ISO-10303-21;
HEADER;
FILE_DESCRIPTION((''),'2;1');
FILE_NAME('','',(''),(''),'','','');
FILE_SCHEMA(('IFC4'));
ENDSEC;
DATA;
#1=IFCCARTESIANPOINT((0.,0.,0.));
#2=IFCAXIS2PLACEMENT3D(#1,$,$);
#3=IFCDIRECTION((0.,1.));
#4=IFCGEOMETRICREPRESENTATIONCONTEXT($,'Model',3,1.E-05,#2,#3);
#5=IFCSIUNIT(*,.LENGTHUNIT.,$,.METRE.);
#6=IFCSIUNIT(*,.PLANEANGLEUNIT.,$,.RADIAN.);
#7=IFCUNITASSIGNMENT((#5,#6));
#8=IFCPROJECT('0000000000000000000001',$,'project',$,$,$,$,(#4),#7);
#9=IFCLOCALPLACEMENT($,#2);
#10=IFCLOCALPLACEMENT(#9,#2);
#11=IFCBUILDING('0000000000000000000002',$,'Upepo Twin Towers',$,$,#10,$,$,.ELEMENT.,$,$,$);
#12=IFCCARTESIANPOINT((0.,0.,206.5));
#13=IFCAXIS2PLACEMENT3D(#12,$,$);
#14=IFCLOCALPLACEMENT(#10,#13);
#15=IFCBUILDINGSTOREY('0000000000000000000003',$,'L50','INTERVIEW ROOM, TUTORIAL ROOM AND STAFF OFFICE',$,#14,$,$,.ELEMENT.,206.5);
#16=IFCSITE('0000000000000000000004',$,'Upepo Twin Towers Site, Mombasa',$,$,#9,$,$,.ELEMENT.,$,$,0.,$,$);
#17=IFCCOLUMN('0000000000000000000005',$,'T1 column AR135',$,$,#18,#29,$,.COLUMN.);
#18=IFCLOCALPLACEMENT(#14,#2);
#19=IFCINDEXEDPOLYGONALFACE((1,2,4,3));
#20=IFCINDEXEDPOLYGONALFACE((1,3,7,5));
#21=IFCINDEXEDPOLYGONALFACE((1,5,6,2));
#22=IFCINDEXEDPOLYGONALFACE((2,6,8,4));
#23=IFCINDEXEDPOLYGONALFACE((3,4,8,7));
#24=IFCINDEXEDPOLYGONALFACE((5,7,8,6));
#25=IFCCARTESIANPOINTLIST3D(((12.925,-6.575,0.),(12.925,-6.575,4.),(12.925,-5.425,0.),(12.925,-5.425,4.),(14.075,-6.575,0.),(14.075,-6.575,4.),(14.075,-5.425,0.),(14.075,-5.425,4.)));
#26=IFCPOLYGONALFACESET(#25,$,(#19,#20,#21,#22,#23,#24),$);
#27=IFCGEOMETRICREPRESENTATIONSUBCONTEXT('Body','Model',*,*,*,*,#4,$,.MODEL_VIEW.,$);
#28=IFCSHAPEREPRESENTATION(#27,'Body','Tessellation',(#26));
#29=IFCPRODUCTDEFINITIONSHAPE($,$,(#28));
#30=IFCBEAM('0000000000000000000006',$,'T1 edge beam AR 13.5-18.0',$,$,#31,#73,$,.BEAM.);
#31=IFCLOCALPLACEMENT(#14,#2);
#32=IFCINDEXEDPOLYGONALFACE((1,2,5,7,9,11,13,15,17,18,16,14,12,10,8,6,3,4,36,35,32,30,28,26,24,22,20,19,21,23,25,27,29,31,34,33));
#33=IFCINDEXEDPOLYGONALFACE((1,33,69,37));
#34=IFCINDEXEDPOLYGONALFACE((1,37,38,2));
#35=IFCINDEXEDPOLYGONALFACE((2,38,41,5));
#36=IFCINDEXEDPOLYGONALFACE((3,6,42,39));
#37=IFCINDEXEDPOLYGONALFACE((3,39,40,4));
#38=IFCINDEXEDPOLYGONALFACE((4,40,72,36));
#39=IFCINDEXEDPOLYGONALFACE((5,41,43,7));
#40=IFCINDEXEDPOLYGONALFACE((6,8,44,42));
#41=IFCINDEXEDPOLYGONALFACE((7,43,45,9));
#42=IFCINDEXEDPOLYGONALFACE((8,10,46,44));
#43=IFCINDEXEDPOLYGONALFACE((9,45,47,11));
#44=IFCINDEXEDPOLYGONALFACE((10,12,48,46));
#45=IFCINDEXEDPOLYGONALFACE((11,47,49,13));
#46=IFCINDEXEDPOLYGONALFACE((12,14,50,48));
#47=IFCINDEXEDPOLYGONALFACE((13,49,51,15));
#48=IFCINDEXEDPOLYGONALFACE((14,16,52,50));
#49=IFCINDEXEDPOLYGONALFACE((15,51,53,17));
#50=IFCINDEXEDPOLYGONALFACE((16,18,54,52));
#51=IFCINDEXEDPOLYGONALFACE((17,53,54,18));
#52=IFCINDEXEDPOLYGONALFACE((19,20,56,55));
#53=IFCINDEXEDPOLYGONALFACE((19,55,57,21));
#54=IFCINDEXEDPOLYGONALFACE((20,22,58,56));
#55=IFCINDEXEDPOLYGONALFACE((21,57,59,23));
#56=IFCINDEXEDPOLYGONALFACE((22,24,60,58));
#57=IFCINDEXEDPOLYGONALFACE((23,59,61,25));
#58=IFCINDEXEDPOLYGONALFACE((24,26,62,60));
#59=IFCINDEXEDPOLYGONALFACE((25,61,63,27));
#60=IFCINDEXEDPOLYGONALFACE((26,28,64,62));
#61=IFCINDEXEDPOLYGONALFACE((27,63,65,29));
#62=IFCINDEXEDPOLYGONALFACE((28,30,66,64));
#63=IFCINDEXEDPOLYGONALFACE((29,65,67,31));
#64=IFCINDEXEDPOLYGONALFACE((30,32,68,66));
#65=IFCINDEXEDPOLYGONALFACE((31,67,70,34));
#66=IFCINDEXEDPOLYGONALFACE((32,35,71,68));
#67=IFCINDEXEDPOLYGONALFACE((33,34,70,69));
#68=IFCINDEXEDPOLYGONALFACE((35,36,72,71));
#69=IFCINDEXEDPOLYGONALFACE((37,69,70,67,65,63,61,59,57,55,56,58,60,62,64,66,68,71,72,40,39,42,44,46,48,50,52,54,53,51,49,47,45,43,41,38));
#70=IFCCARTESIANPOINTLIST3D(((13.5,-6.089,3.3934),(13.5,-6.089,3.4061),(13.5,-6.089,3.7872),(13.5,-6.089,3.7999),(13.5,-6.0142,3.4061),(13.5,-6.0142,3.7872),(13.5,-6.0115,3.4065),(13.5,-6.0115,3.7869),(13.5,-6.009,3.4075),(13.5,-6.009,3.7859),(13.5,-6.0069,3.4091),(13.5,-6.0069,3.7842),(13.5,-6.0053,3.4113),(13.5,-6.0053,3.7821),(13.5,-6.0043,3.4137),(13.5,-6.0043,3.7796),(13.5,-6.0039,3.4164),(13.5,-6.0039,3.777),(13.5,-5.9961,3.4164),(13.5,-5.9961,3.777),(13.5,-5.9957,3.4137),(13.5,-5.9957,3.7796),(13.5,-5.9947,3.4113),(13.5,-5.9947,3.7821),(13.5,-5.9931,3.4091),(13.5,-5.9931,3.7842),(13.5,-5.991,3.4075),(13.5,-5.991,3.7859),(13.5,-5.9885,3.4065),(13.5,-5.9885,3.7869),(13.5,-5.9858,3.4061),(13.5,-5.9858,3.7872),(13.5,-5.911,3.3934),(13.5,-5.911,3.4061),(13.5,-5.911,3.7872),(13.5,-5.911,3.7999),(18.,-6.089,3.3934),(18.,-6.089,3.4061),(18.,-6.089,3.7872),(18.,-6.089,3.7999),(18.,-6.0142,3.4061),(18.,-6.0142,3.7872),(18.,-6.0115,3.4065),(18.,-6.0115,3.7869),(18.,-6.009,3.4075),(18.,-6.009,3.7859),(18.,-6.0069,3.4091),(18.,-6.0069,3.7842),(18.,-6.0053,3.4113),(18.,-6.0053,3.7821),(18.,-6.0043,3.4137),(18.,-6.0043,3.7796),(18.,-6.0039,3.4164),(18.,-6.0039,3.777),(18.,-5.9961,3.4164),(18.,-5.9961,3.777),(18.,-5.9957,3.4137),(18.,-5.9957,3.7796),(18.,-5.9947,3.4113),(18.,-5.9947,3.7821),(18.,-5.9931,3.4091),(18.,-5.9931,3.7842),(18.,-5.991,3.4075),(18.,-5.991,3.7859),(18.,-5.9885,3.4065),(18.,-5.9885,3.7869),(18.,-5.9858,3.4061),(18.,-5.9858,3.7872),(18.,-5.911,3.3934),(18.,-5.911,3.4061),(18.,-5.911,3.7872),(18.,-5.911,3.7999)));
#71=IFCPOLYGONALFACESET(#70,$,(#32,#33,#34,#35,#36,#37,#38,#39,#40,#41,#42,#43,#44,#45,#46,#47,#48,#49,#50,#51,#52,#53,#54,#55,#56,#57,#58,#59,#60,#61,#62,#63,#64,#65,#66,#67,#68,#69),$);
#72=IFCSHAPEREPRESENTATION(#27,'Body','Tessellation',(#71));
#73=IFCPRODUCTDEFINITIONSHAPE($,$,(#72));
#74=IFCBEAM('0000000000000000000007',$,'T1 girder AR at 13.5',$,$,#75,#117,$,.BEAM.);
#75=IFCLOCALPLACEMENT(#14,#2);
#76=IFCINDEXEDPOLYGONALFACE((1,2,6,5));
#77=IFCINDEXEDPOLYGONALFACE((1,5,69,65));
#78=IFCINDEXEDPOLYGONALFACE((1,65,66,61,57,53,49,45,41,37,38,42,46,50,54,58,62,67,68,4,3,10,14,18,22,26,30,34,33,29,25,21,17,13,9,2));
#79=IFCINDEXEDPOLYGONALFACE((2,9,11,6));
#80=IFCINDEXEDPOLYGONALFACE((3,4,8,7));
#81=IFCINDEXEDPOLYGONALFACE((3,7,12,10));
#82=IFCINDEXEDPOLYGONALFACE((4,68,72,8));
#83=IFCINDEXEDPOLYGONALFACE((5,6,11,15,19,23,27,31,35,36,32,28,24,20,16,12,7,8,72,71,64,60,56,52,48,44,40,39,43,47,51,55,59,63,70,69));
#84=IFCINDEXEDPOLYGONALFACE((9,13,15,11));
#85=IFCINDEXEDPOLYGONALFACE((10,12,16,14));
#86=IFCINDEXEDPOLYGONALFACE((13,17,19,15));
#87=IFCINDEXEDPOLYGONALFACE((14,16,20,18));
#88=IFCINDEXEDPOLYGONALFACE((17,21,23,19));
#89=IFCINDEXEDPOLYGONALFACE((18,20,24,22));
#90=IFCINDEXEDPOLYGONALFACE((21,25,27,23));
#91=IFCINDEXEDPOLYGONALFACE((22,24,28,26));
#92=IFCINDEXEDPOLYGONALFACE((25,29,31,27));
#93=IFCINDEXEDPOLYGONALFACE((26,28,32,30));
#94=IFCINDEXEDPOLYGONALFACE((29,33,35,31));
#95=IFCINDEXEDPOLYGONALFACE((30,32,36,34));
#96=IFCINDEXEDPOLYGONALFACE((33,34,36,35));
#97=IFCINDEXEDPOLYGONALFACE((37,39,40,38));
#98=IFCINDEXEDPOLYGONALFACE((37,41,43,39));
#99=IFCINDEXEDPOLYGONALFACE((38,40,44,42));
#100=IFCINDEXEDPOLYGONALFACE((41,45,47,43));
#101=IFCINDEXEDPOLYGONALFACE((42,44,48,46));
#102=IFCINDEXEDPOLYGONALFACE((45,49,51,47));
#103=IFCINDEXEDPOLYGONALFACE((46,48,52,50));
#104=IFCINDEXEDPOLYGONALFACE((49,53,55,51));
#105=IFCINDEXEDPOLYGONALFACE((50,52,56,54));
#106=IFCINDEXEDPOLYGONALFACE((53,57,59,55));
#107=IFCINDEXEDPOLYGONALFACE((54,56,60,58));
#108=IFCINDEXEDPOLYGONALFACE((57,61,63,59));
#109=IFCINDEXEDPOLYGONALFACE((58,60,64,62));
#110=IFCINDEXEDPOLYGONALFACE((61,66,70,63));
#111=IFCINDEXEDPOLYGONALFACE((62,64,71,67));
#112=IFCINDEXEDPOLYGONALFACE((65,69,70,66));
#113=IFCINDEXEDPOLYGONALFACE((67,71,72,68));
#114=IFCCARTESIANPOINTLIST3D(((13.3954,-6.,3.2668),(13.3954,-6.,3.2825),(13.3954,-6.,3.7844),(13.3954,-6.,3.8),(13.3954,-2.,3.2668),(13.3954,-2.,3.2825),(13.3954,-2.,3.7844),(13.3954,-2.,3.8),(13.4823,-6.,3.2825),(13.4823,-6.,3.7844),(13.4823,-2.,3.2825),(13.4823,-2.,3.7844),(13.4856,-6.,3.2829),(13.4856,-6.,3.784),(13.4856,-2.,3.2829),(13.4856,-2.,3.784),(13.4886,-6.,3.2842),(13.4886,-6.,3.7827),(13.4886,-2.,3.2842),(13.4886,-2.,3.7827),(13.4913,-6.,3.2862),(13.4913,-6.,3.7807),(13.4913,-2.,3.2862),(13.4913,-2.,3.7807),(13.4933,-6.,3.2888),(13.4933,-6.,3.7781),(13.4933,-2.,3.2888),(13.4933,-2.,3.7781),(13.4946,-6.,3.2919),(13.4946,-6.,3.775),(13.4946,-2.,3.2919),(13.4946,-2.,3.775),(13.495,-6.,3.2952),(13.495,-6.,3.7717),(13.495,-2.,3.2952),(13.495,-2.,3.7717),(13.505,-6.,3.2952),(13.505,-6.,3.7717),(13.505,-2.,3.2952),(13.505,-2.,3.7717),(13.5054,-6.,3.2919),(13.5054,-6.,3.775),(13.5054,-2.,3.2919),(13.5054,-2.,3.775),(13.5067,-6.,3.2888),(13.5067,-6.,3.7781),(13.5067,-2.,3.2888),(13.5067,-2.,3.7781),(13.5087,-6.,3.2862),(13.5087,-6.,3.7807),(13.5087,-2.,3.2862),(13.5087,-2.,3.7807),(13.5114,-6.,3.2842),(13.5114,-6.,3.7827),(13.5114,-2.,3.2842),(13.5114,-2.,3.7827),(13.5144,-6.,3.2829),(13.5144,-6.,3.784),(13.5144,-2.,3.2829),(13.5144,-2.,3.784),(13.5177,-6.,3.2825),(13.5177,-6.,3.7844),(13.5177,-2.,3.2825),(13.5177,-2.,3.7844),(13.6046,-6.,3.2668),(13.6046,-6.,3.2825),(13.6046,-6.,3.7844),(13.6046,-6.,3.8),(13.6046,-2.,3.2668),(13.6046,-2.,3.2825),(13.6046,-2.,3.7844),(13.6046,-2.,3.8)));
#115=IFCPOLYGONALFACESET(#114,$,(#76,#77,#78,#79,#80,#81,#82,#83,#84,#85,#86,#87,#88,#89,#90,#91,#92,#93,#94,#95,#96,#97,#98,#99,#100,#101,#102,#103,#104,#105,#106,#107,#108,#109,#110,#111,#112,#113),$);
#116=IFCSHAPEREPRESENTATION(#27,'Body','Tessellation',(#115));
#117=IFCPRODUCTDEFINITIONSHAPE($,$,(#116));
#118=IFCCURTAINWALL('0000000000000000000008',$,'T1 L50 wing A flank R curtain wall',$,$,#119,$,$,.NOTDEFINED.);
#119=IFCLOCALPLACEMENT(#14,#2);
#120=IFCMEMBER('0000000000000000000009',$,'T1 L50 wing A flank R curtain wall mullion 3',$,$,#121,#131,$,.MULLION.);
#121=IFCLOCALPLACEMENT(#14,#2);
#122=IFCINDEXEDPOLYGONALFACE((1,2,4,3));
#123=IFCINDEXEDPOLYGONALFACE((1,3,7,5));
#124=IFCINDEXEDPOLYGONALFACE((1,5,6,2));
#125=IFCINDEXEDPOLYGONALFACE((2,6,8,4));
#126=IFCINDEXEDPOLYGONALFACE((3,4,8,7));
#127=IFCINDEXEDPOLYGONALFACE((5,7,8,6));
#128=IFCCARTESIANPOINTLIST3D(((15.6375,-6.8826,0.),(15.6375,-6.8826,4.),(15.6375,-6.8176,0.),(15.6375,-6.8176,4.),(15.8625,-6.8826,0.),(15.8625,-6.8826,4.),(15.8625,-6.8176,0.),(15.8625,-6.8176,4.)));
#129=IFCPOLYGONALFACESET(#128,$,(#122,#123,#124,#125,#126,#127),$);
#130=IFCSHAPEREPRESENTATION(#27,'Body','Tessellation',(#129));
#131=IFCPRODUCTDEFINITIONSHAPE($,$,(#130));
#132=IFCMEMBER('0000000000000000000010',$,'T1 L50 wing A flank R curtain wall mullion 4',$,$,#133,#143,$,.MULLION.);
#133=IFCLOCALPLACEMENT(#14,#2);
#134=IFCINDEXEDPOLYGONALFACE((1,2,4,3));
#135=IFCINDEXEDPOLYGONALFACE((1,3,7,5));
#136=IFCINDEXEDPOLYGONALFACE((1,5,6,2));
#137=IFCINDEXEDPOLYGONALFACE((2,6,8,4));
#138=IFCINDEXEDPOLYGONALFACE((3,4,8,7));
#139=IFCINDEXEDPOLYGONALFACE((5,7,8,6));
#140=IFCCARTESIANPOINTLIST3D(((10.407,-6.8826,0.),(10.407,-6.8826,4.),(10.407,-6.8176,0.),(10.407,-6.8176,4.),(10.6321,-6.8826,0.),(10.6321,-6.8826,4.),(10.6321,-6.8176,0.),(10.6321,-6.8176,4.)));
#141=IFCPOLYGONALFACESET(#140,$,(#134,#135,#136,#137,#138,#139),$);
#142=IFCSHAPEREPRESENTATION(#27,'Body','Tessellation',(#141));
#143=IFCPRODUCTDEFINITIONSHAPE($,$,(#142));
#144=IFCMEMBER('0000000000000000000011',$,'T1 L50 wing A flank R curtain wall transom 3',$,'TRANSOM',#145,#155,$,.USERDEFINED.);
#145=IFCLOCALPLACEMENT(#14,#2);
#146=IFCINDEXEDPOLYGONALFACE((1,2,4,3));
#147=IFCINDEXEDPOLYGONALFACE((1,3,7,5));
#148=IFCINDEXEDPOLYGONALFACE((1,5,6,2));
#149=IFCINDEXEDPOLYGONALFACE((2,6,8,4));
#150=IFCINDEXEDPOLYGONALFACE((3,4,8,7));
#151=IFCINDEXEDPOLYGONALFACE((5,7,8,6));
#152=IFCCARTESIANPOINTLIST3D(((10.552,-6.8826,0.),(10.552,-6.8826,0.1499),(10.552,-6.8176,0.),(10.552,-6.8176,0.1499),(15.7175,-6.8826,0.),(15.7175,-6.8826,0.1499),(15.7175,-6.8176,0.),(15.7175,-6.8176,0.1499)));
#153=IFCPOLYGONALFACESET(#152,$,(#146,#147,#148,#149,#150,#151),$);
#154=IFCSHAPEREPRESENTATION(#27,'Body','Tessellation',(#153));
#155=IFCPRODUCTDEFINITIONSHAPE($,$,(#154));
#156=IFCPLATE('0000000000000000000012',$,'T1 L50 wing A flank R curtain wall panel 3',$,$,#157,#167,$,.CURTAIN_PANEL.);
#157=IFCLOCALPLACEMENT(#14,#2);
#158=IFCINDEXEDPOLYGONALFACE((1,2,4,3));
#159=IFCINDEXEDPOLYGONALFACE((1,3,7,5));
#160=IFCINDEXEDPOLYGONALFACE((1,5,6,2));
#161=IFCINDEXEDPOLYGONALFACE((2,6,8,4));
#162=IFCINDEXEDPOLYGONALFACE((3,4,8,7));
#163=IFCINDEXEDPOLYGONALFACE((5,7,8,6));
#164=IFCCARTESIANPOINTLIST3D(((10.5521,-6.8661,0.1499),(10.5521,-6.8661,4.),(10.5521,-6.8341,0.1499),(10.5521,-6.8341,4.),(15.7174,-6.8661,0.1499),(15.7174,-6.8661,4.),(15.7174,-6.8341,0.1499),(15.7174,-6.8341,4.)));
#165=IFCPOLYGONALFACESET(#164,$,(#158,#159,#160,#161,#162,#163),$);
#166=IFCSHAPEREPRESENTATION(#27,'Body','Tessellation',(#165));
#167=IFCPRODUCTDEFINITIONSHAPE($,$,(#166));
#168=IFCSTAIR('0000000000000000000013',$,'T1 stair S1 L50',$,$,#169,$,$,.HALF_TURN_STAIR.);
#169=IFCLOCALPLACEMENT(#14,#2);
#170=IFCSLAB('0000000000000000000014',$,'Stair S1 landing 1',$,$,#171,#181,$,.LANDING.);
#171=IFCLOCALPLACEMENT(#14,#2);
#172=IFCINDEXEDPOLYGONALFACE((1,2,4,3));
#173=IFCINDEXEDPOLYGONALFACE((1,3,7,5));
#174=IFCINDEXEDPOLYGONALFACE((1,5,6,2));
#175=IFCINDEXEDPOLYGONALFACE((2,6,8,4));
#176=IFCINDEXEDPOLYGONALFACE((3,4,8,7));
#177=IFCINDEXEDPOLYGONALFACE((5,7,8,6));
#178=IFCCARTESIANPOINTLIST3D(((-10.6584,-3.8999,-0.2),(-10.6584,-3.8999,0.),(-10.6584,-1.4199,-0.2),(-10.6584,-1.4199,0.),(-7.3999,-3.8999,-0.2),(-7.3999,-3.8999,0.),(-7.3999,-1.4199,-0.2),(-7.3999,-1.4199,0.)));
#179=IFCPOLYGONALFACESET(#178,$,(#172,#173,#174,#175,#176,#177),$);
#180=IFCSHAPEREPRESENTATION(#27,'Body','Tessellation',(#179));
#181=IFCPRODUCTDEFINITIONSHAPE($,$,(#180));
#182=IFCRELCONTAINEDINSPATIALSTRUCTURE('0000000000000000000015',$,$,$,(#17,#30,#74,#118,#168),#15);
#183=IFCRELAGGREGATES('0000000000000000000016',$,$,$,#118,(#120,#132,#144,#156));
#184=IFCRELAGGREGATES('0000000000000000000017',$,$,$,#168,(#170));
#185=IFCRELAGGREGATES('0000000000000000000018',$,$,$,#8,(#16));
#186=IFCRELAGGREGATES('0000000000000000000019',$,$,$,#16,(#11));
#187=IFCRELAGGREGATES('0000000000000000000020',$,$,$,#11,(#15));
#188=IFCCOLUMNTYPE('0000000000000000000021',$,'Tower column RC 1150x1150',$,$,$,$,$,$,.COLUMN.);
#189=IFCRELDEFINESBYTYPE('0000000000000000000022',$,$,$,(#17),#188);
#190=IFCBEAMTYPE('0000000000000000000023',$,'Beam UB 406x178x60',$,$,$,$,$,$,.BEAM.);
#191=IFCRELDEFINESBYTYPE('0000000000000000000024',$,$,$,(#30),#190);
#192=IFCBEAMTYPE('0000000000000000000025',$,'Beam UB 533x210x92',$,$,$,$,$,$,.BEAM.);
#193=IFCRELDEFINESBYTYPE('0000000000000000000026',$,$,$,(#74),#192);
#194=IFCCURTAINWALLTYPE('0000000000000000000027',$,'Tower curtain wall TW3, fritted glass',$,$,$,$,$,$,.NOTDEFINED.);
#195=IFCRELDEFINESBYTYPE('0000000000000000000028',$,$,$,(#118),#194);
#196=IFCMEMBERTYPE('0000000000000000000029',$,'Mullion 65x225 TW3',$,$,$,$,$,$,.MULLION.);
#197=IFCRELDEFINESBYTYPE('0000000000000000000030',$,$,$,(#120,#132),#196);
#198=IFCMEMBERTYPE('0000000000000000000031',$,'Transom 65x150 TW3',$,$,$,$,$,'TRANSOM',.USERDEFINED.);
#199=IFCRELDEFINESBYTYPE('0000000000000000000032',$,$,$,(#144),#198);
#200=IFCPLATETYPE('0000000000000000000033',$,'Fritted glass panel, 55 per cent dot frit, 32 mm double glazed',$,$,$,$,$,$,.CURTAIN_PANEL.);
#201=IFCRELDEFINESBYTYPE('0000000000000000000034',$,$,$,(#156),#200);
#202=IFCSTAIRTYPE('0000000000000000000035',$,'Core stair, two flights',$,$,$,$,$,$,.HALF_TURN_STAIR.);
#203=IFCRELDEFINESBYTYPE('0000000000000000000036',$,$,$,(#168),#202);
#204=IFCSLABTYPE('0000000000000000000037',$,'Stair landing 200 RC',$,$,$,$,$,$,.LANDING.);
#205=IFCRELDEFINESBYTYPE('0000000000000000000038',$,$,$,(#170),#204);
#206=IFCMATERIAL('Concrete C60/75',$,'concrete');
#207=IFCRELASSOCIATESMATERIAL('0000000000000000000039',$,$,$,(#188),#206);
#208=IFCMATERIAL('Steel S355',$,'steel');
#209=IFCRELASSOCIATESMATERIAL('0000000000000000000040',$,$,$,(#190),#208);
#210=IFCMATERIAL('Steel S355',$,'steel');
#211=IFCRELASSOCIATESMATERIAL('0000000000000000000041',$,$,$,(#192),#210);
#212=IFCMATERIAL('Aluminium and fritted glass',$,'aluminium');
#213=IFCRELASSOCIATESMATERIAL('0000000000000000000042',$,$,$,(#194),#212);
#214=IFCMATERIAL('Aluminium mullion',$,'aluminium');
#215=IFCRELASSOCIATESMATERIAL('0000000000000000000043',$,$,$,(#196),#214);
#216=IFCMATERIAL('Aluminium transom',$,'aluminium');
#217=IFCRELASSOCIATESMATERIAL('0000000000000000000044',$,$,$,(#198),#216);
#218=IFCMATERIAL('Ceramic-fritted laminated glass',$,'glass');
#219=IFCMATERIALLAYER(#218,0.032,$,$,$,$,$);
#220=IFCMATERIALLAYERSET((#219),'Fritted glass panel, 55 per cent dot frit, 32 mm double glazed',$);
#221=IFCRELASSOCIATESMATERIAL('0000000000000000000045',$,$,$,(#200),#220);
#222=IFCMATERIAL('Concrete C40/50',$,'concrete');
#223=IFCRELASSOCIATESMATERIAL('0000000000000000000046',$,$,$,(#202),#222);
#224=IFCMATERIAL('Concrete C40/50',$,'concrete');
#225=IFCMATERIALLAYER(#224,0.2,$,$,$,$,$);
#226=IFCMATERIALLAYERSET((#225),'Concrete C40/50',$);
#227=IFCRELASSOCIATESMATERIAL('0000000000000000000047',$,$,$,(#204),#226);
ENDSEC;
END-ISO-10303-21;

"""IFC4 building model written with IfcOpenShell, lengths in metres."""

from ifc_helpers import new_model, si_unit, direction, frame, origin, origin_2d, place, context, subcontext, project, spatial, polyline, rectangle, i_section, outline, extrude, material, layer, layer_set, material_profile, profile_set, type_object, element, aggregate, save


model = new_model("IFC4")

# Units and contexts
model_context = context("Model", 3, precision=1e-05, world=origin(), true_north=direction((0.0, 1.0)))
body_context = subcontext(model_context, "Body", "Model", "MODEL_VIEW")
ifc_project = project(units=[si_unit("LENGTHUNIT", "METRE"), si_unit("PLANEANGLEUNIT", "RADIAN")], contexts=[model_context])

# Site, building, storey
site_placement = place(None, origin())
site = spatial("IfcSite", under=ifc_project, at=site_placement, Name="Upepo Twin Towers Site, Mombasa", CompositionType="ELEMENT", RefElevation=0.0)
building_placement = place(site_placement, origin())
building = spatial("IfcBuilding", under=site, at=building_placement, Name="Upepo Twin Towers", CompositionType="ELEMENT")
storey_placement = place(building_placement, frame((0.0, 0.0, 206.5)))
storey = spatial("IfcBuildingStorey", under=building, at=storey_placement, Name="L50", Description="INTERVIEW ROOM, TUTORIAL ROOM AND STAFF OFFICE", CompositionType="ELEMENT", Elevation=206.5)

# Column
ifc_material_1 = material(Name="Concrete C60/75", Category="concrete")
ifc_material_profile_1 = material_profile(ifc_material_1, rectangle(XDim=1.1499, YDim=1.1499, at=origin_2d()), Name="RC 1150x1150")
ifc_profile_set_1 = profile_set([ifc_material_profile_1], Name="Concrete C60/75")
column_type = type_object("IfcColumnType", Name="Tower column RC 1150x1150", PredefinedType="COLUMN", material=ifc_profile_set_1)
column_placement = place(storey_placement, frame((13.5, -6.0, 0.0), z_axis=(0.0, 0.0, 1.0), x_axis=(1.0, 0.0, 0.0)))
element("IfcColumn", 1, at=column_placement, inside=storey, type_object=column_type, Name="T1 column AR135", PredefinedType="COLUMN", context=body_context, shape_type="SweptSolid", body=[
    extrude(rectangle(XDim=1.1499, YDim=1.1499, at=origin_2d()), origin(), (0.0, 0.0, 1.0), 4.0),
])

# Beams
ifc_material_2 = material(Name="Steel S355", Category="steel")
ifc_material_profile_2 = material_profile(ifc_material_2, i_section(OverallWidth=0.178, OverallDepth=0.4065, WebThickness=0.0078, FlangeThickness=0.0127, FilletRadius=0.0103, at=origin_2d()), Name="UB 406x178x60")
ifc_profile_set_2 = profile_set([ifc_material_profile_2], Name="Steel S355")
beam_type_1 = type_object("IfcBeamType", Name="Beam UB 406x178x60", PredefinedType="BEAM", material=ifc_profile_set_2)
beam_1_placement = place(storey_placement, frame((13.5, -6.0, 3.5967), z_axis=(1.0, 0.0, 0.0), x_axis=(0.0, 1.0, 0.0)))
element("IfcBeam", 2, at=beam_1_placement, inside=storey, type_object=beam_type_1, Name="T1 edge beam AR 13.5-18.0", PredefinedType="BEAM", context=body_context, shape_type="SweptSolid", body=[
    extrude(i_section(OverallWidth=0.178, OverallDepth=0.4065, WebThickness=0.0078, FlangeThickness=0.0127, FilletRadius=0.0103, at=origin_2d()), origin(), (0.0, 0.0, 1.0), 4.5),
])
ifc_material_3 = material(Name="Steel S355", Category="steel")
ifc_material_profile_3 = material_profile(ifc_material_3, i_section(OverallWidth=0.2092, OverallDepth=0.5332, WebThickness=0.01, FlangeThickness=0.0156, FilletRadius=0.0127, at=origin_2d()), Name="UB 533x210x92")
ifc_profile_set_3 = profile_set([ifc_material_profile_3], Name="Steel S355")
beam_type_2 = type_object("IfcBeamType", Name="Beam UB 533x210x92", PredefinedType="BEAM", material=ifc_profile_set_3)
beam_2_placement = place(storey_placement, frame((13.5, -6.0, 3.5334), z_axis=(0.0, 1.0, 0.0), x_axis=(-1.0, 0.0, 0.0)))
element("IfcBeam", 3, at=beam_2_placement, inside=storey, type_object=beam_type_2, Name="T1 girder AR at 13.5", PredefinedType="BEAM", context=body_context, shape_type="SweptSolid", body=[
    extrude(i_section(OverallWidth=0.2092, OverallDepth=0.5332, WebThickness=0.01, FlangeThickness=0.0156, FilletRadius=0.0127, at=origin_2d()), origin(), (0.0, 0.0, 1.0), 4.0),
])

# Curtain wall, members, plate
ifc_material_4 = material(Name="Aluminium and fritted glass", Category="aluminium")
curtain_wall_type = type_object("IfcCurtainWallType", Name="Tower curtain wall TW3, fritted glass", PredefinedType="NOTDEFINED", material=ifc_material_4)
curtain_wall_placement = place(storey_placement, origin())
curtain_wall = element("IfcCurtainWall", 4, at=curtain_wall_placement, inside=storey, type_object=curtain_wall_type, Name="T1 L50 wing A flank R curtain wall", PredefinedType="NOTDEFINED")
ifc_material_5 = material(Name="Aluminium mullion", Category="aluminium")
ifc_material_profile_4 = material_profile(ifc_material_5, rectangle(XDim=0.0649, YDim=0.2251, at=origin_2d()), Name="MULLION 65x225")
ifc_profile_set_4 = profile_set([ifc_material_profile_4], Name="Aluminium mullion")
member_type_1 = type_object("IfcMemberType", Name="Mullion 65x225 TW3", PredefinedType="MULLION", material=ifc_profile_set_4)
member_1_placement = place(storey_placement, frame((15.75, -6.8501, 0.0), z_axis=(0.0, 0.0, 1.0), x_axis=(0.0, -1.0, 0.0)))
member_1 = element("IfcMember", 5, at=member_1_placement, type_object=member_type_1, Name="T1 L50 wing A flank R curtain wall mullion 3", PredefinedType="MULLION", context=body_context, shape_type="SweptSolid", body=[
    extrude(rectangle(XDim=0.0649, YDim=0.2251, at=origin_2d()), origin(), (0.0, 0.0, 1.0), 4.0),
])
member_2_placement = place(storey_placement, frame((10.5195, -6.8501, 0.0), z_axis=(0.0, 0.0, 1.0), x_axis=(0.0, -1.0, 0.0)))
member_2 = element("IfcMember", 6, at=member_2_placement, type_object=member_type_1, Name="T1 L50 wing A flank R curtain wall mullion 4", PredefinedType="MULLION", context=body_context, shape_type="SweptSolid", body=[
    extrude(rectangle(XDim=0.0649, YDim=0.2251, at=origin_2d()), origin(), (0.0, 0.0, 1.0), 4.0),
])
ifc_material_6 = material(Name="Aluminium transom", Category="aluminium")
ifc_material_profile_5 = material_profile(ifc_material_6, rectangle(XDim=0.0649, YDim=0.1499, at=origin_2d()), Name="TRANSOM 65x150")
ifc_profile_set_5 = profile_set([ifc_material_profile_5], Name="Aluminium transom")
member_type_2 = type_object("IfcMemberType", Name="Transom 65x150 TW3", ElementType="TRANSOM", PredefinedType="USERDEFINED", material=ifc_profile_set_5)
member_3_placement = place(storey_placement, frame((15.7175, -6.8501, 0.075), z_axis=(-1.0, 0.0, 0.0), x_axis=(0.0, -1.0, 0.0)))
member_3 = element("IfcMember", 7, at=member_3_placement, type_object=member_type_2, Name="T1 L50 wing A flank R curtain wall transom 3", ObjectType="TRANSOM", PredefinedType="USERDEFINED", context=body_context, shape_type="SweptSolid", body=[
    extrude(rectangle(XDim=0.0649, YDim=0.1499, at=origin_2d()), origin(), (0.0, 0.0, 1.0), 5.1655),
])
ifc_material_7 = material(Name="Ceramic-fritted laminated glass", Category="glass")
ifc_layer_1 = layer(ifc_material_7, 0.032)
ifc_layer_set_1 = layer_set([ifc_layer_1], Name="Fritted glass panel, 55 per cent dot frit, 32 mm double glazed")
plate_type = type_object("IfcPlateType", Name="Fritted glass panel, 55 per cent dot frit, 32 mm double glazed", PredefinedType="CURTAIN_PANEL", material=ifc_layer_set_1)
plate_placement = place(storey_placement, frame((13.1348, -6.8501, 0.1499), z_axis=(0.0, 0.0, 1.0), x_axis=(-1.0, 0.0, 0.0)))
plate = element("IfcPlate", 8, at=plate_placement, type_object=plate_type, Name="T1 L50 wing A flank R curtain wall panel 3", PredefinedType="CURTAIN_PANEL", context=body_context, shape_type="SweptSolid", body=[
    extrude(rectangle(XDim=5.1653, YDim=0.032, at=origin_2d()), origin(), (0.0, 0.0, 1.0), 3.8501),
])
aggregate(curtain_wall, [member_1, member_2, member_3, plate])

# Stair, slab
ifc_material_8 = material(Name="Concrete C40/50", Category="concrete")
stair_type = type_object("IfcStairType", Name="Core stair, two flights", PredefinedType="HALF_TURN_STAIR", material=ifc_material_8)
stair_1_placement = place(storey_placement, origin())
stair_1 = element("IfcStair", 9, at=stair_1_placement, inside=storey, type_object=stair_type, Name="T1 stair S1 L50", PredefinedType="HALF_TURN_STAIR")
ifc_material_9 = material(Name="Concrete C40/50", Category="concrete")
ifc_layer_2 = layer(ifc_material_9, 0.2)
ifc_layer_set_2 = layer_set([ifc_layer_2], Name="Concrete C40/50")
slab_type_1 = type_object("IfcSlabType", Name="Stair landing 200 RC", PredefinedType="LANDING", material=ifc_layer_set_2)
slab_1_placement = place(storey_placement, frame((0.0, 0.0, -0.2)))
slab_1 = element("IfcSlab", 10, at=slab_1_placement, type_object=slab_type_1, Name="Stair S1 landing 1", PredefinedType="LANDING", context=body_context, shape_type="SweptSolid", body=[
    extrude(outline(polyline([(-7.3999, -1.4199), (-10.6584, -1.4199), (-10.6584, -3.8999), (-7.3999, -3.8999), (-7.3999, -1.4199)])), origin(), (0.0, 0.0, 1.0), 0.2),
])
aggregate(stair_1, [slab_1])

save(model, "model.ifc")
